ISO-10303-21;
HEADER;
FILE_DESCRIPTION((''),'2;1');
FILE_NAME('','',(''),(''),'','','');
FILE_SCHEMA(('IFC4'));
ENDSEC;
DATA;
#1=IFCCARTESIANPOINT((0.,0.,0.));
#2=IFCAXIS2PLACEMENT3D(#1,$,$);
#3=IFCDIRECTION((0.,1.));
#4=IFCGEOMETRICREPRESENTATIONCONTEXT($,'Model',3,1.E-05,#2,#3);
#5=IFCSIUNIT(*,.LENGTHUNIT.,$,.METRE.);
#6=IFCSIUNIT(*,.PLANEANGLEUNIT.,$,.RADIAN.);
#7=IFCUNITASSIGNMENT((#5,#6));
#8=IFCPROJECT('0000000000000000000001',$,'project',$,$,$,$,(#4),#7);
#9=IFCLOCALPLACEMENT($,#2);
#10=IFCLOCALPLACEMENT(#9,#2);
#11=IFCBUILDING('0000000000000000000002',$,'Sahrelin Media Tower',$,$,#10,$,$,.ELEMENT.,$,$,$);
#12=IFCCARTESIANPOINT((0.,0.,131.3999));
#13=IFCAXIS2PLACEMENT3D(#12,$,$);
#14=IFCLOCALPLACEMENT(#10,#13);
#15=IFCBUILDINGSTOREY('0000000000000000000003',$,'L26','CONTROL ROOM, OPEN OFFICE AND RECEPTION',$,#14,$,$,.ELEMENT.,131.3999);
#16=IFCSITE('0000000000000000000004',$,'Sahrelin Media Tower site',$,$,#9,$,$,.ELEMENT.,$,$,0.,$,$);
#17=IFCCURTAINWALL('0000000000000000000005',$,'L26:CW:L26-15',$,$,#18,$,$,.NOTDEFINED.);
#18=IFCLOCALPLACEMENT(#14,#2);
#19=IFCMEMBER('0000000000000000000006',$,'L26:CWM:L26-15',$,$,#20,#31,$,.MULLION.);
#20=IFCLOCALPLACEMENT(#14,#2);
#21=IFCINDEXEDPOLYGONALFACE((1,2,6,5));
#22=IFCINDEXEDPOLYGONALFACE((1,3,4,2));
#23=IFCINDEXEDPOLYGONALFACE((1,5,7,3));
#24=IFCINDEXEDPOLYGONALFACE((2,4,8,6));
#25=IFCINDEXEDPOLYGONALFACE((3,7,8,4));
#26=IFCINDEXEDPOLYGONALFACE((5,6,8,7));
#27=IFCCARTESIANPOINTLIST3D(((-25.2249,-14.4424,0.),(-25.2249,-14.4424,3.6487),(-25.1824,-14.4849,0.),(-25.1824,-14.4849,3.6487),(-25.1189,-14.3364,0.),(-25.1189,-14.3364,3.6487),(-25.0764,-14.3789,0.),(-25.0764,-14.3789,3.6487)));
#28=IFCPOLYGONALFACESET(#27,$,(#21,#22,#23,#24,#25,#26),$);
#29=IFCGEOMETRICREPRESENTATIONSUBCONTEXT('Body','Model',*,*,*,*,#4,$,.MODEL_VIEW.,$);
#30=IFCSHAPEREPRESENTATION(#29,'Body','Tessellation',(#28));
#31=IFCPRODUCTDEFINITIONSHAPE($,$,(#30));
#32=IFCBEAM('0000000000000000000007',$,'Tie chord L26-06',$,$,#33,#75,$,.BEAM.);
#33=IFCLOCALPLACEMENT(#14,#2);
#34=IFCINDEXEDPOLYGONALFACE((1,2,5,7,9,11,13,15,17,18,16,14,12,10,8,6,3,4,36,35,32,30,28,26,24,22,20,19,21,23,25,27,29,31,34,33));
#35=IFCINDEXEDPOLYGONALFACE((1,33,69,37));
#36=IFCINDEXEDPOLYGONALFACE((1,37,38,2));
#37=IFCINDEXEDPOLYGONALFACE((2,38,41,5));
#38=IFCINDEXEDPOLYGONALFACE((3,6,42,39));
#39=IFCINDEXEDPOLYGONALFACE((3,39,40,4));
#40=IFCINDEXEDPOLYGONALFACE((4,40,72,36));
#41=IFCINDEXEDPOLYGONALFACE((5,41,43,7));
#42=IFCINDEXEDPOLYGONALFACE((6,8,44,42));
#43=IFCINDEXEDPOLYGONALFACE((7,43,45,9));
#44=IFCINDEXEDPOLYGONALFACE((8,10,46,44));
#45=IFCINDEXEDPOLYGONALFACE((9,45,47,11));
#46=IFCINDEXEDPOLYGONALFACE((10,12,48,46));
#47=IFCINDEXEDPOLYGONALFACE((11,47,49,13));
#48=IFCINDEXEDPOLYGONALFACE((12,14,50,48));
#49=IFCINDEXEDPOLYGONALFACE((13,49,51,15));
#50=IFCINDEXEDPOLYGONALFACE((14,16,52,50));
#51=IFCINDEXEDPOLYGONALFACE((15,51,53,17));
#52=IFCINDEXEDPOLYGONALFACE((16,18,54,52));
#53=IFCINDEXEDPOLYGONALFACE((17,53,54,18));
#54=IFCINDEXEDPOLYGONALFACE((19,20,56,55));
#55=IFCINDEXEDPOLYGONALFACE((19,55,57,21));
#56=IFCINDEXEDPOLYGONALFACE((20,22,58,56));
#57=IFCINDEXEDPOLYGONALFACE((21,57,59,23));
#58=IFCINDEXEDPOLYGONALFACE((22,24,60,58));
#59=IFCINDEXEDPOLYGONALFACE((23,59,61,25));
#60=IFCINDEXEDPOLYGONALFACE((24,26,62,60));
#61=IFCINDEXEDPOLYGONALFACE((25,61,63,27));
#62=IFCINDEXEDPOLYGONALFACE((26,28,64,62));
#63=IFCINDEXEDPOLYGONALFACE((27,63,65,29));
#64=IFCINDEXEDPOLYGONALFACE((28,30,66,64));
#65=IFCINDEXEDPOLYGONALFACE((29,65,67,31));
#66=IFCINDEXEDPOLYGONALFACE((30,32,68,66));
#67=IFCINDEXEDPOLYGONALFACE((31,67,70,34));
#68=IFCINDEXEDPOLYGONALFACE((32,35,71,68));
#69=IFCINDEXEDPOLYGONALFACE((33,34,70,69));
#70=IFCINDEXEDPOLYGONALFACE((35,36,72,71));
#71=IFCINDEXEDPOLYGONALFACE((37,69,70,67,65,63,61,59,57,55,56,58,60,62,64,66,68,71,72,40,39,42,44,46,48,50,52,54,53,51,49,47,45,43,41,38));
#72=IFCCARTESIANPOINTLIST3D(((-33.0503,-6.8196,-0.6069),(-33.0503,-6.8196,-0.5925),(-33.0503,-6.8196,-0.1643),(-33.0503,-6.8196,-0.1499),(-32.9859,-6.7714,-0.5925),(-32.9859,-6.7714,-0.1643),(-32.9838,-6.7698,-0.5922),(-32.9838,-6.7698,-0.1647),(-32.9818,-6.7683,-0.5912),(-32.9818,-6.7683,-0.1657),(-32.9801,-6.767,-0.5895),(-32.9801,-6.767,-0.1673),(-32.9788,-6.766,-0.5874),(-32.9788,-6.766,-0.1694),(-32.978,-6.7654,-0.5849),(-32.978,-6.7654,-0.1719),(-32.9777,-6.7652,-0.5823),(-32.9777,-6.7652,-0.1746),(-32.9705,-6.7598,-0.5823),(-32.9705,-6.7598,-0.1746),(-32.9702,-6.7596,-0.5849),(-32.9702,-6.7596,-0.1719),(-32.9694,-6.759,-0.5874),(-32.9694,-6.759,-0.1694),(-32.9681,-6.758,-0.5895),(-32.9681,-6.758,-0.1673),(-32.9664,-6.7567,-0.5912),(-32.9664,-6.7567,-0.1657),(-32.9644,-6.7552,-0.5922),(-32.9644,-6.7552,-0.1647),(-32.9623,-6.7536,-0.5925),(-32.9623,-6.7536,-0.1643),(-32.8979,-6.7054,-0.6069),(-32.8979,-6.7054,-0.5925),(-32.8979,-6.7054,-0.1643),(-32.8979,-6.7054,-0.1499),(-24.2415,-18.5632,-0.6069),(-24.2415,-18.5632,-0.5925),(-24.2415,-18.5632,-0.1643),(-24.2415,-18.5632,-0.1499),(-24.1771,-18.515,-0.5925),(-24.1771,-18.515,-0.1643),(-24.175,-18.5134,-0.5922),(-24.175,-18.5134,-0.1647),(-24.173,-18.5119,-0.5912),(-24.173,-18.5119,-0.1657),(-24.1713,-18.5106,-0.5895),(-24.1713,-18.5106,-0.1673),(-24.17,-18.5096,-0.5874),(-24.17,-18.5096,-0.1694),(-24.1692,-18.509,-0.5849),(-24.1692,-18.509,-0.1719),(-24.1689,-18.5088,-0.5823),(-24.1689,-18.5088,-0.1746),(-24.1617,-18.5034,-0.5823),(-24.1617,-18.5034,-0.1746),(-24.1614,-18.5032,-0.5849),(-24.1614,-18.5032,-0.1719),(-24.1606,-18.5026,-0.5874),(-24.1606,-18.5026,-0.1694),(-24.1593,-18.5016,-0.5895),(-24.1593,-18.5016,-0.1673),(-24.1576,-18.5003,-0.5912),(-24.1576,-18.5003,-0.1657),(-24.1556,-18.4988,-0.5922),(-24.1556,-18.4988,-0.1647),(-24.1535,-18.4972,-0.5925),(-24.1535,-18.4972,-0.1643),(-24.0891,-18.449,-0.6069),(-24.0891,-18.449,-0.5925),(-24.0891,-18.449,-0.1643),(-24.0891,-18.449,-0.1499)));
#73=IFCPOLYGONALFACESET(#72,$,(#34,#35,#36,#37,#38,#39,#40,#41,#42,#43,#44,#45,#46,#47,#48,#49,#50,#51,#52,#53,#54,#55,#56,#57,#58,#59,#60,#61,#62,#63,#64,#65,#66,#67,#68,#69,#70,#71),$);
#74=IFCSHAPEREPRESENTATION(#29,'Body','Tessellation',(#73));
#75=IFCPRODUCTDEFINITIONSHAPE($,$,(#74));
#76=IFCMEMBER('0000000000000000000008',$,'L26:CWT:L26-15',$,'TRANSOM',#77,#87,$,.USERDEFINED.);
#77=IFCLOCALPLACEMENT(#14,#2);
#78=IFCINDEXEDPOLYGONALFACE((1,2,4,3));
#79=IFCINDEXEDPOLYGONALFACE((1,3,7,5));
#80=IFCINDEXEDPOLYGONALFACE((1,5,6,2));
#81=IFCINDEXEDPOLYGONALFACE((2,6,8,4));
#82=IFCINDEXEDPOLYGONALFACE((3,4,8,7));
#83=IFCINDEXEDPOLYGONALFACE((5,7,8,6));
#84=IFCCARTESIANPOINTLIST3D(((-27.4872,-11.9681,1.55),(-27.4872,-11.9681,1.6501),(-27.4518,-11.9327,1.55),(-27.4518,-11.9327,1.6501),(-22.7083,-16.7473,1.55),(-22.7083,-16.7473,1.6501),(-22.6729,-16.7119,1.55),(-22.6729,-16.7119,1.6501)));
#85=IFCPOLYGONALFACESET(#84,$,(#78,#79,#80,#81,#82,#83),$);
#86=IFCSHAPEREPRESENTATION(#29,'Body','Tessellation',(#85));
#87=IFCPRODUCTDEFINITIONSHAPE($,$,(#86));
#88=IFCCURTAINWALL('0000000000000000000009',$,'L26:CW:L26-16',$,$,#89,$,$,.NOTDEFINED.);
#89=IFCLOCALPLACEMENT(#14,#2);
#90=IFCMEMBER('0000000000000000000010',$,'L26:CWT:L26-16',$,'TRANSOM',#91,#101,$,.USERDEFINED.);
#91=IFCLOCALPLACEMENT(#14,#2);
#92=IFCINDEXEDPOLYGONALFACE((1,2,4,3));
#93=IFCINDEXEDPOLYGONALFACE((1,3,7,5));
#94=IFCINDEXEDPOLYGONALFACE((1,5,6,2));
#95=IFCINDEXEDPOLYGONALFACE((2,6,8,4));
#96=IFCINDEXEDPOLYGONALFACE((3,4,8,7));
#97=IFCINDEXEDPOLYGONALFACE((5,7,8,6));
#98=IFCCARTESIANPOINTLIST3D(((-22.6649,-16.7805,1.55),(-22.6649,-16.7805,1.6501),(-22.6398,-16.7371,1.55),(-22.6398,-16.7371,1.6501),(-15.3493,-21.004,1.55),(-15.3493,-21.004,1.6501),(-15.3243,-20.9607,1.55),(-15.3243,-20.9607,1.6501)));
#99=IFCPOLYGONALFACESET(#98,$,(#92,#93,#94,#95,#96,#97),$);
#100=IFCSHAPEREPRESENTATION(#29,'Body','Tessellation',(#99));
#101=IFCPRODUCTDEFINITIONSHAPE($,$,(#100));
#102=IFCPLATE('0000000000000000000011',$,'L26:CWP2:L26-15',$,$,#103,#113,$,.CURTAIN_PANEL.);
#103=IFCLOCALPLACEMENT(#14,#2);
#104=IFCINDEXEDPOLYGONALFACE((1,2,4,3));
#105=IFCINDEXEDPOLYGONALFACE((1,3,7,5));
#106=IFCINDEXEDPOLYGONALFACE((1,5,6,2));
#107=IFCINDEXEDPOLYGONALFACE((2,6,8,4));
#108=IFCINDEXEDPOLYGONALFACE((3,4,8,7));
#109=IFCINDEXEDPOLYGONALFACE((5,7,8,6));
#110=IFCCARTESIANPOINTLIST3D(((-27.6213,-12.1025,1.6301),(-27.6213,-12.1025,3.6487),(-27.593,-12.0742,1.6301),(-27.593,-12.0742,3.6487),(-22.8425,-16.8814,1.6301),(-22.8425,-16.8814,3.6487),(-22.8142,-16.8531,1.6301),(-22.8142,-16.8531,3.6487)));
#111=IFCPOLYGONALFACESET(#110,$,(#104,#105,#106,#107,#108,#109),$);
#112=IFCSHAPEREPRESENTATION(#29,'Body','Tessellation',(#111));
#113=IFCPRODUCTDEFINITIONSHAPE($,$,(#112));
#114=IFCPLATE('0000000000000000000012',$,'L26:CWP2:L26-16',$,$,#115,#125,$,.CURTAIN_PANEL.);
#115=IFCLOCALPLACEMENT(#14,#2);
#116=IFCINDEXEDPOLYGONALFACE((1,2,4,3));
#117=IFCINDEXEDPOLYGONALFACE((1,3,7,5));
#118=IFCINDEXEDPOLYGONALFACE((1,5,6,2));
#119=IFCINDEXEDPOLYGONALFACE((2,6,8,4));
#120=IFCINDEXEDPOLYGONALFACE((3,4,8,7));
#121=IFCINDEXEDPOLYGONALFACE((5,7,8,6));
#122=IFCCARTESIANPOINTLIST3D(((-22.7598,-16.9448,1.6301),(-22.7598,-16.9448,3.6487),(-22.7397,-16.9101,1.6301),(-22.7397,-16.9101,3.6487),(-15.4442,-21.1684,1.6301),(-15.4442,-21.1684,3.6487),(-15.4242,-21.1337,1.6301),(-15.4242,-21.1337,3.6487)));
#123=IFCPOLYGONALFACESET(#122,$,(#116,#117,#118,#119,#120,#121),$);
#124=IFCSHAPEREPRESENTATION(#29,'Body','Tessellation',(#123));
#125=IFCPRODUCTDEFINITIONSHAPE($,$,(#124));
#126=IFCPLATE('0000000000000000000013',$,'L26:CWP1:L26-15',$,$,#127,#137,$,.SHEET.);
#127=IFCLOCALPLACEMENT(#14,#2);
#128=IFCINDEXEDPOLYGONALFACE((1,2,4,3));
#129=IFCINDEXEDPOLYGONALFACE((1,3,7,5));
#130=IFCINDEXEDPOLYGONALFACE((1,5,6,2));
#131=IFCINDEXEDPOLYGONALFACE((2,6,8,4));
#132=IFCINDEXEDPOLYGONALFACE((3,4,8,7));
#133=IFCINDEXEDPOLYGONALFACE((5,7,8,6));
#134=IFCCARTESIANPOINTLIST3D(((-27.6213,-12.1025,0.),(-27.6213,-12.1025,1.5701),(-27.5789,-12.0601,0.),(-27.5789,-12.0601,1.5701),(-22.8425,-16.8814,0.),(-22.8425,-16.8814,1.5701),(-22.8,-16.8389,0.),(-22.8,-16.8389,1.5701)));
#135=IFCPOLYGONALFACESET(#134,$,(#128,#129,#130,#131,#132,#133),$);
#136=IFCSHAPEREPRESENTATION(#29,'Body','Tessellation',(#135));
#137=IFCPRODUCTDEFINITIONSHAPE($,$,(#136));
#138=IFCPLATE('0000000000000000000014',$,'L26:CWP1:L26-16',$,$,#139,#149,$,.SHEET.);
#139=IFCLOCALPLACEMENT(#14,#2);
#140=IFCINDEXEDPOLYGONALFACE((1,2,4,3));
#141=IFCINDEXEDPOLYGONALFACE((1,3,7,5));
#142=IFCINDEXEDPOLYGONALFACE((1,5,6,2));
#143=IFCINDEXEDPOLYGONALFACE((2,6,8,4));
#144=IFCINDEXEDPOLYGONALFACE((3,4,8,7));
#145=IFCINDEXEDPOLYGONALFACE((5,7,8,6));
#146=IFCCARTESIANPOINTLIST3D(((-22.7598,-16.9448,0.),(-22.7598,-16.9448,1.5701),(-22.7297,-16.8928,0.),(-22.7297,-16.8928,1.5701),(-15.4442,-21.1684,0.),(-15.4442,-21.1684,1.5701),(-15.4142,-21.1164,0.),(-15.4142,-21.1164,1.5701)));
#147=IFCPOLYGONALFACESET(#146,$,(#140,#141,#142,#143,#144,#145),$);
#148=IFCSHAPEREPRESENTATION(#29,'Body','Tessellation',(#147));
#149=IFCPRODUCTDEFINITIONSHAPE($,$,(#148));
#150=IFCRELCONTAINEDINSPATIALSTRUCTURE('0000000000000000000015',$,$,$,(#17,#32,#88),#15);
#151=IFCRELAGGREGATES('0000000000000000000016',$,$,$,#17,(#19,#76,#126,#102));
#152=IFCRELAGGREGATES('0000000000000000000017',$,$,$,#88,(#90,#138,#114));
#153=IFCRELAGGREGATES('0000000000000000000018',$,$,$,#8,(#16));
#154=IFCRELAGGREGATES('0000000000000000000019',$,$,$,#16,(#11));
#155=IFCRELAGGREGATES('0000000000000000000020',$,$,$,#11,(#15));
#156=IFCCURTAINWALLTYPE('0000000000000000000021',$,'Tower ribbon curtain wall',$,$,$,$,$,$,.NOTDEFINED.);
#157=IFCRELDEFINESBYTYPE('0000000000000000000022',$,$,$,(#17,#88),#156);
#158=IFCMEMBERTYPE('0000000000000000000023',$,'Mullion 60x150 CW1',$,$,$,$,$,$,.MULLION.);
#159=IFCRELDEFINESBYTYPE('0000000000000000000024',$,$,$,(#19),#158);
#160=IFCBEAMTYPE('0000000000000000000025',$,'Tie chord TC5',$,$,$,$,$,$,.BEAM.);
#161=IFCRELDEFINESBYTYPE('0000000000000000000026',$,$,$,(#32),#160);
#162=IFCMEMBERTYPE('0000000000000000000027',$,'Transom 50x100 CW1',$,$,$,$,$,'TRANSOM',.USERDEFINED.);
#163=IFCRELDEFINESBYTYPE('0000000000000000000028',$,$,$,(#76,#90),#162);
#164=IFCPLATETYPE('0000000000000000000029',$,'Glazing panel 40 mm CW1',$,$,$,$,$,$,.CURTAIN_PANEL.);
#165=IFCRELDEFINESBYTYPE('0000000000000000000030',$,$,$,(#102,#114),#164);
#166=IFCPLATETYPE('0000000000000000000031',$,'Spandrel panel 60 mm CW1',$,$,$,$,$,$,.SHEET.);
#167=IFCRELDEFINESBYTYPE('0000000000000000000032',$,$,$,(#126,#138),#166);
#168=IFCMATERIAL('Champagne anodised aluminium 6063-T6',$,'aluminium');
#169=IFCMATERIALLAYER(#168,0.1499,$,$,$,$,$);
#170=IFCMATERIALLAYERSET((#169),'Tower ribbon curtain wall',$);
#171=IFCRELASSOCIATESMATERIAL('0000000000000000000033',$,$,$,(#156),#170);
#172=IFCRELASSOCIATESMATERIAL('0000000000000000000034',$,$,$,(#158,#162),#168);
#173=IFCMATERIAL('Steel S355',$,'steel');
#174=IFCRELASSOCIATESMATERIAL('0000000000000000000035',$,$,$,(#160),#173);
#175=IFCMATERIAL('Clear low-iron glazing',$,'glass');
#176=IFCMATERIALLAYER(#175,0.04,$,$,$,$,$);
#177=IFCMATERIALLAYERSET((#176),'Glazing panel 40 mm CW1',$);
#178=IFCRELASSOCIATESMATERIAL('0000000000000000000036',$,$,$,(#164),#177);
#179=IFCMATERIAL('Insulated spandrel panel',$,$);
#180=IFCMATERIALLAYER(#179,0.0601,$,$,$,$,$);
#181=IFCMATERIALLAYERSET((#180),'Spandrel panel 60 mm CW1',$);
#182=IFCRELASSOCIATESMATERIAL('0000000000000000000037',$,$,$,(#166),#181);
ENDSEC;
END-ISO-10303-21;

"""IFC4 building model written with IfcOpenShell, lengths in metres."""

from ifc_helpers import new_model, si_unit, direction, frame, origin, origin_2d, place, context, subcontext, project, spatial, polyline, rectangle, i_section, outline, extrude, material, layer, layer_set, material_profile, profile_set, type_object, element, aggregate, save


model = new_model("IFC4")

# Units and contexts
model_context = context("Model", 3, precision=1e-05, world=origin(), true_north=direction((0.0, 1.0)))
body_context = subcontext(model_context, "Body", "Model", "MODEL_VIEW")
ifc_project = project(units=[si_unit("LENGTHUNIT", "METRE"), si_unit("PLANEANGLEUNIT", "RADIAN")], contexts=[model_context])

# Site, building, storey
site_placement = place(None, origin())
site = spatial("IfcSite", under=ifc_project, at=site_placement, Name="Sahrelin Media Tower site", CompositionType="ELEMENT", RefElevation=0.0)
building_placement = place(site_placement, origin())
building = spatial("IfcBuilding", under=site, at=building_placement, Name="Sahrelin Media Tower", CompositionType="ELEMENT")
storey_placement = place(building_placement, frame((0.0, 0.0, 131.3999)))
storey = spatial("IfcBuildingStorey", under=building, at=storey_placement, Name="L26", Description="CONTROL ROOM, OPEN OFFICE AND RECEPTION", CompositionType="ELEMENT", Elevation=131.3999)

# Shared definitions
ifc_material_1 = material(Name="Steel S355", Category="steel")

# Curtain wall, member
ifc_material_2 = material(Name="Champagne anodised aluminium 6063-T6", Category="aluminium")
ifc_layer_1 = layer(ifc_material_2, 0.1499)
ifc_layer_set_1 = layer_set([ifc_layer_1], Name="Tower ribbon curtain wall")
curtain_wall_type = type_object("IfcCurtainWallType", Name="Tower ribbon curtain wall", PredefinedType="NOTDEFINED", material=ifc_layer_set_1)
ifc_material_profile_1 = material_profile(ifc_material_2, rectangle(XDim=0.0601, YDim=0.1499, at=origin_2d()), Name="Mullion 60x150")
ifc_profile_set_1 = profile_set([ifc_material_profile_1], Name="Champagne anodised aluminium 6063-T6")
member_type_1 = type_object("IfcMemberType", Name="Mullion 60x150 CW1", PredefinedType="MULLION", material=ifc_profile_set_1)
curtain_wall_1_placement = place(storey_placement, frame((-25.2178, -14.4778, 0.0), z_axis=(0.0, 0.0, 1.0), x_axis=(1.0, 0.0, 0.0)))
curtain_wall_1 = element("IfcCurtainWall", 1, at=curtain_wall_1_placement, inside=storey, type_object=curtain_wall_type, Name="L26:CW:L26-15", PredefinedType="NOTDEFINED")
member_1_placement = place(storey_placement, frame((-25.1506, -14.4106, 0.0), z_axis=(0.0, 0.0, 1.0), x_axis=(0.707099, -0.707114, 0.0)))
member_1 = element("IfcMember", 2, at=member_1_placement, type_object=member_type_1, Name="L26:CWM:L26-15", PredefinedType="MULLION", context=body_context, shape_type="SweptSolid", body=[
    extrude(rectangle(XDim=0.0601, YDim=0.1499, at=origin_2d()), origin(), (0.0, 0.0, 1.0), 3.6487),
])

# Beam
ifc_material_profile_2 = material_profile(ifc_material_1, i_section(OverallWidth=0.1904, OverallDepth=0.457, WebThickness=0.009, FlangeThickness=0.0144, FilletRadius=0.0103, at=origin_2d()), Name="UB 457x191x74")
ifc_profile_set_2 = profile_set([ifc_material_profile_2], Name="Steel S355")
beam_type_1 = type_object("IfcBeamType", Name="Tie chord TC5", PredefinedType="BEAM", material=ifc_profile_set_2)
beam_1_placement = place(storey_placement, frame((-24.1653, -18.5061, -0.3784), z_axis=(-0.600048, 0.799964, 0.0), x_axis=(-0.799964, -0.600048, 0.0)))
element("IfcBeam", 3, at=beam_1_placement, inside=storey, type_object=beam_type_1, Name="Tie chord L26-06", PredefinedType="BEAM", context=body_context, shape_type="SweptSolid", body=[
    extrude(i_section(OverallWidth=0.1904, OverallDepth=0.457, WebThickness=0.009, FlangeThickness=0.0144, FilletRadius=0.0103, at=origin_2d()), origin(), (0.0, 0.0, 1.0), 14.6802),
])

# Member
ifc_material_profile_3 = material_profile(ifc_material_2, rectangle(XDim=0.05, YDim=0.1001, at=origin_2d()), Name="Transom 50x100")
ifc_profile_set_3 = profile_set([ifc_material_profile_3], Name="Champagne anodised aluminium 6063-T6")
member_type_2 = type_object("IfcMemberType", Name="Transom 50x100 CW1", ElementType="TRANSOM", PredefinedType="USERDEFINED", material=ifc_profile_set_3)
member_2_placement = place(storey_placement, frame((-27.4695, -11.9504, 1.6001), z_axis=(0.707089, -0.707125, 0.0), x_axis=(0.707125, 0.707089, 0.0)))
member_2 = element("IfcMember", 4, at=member_2_placement, type_object=member_type_2, Name="L26:CWT:L26-15", ObjectType="TRANSOM", PredefinedType="USERDEFINED", context=body_context, shape_type="SweptSolid", body=[
    extrude(rectangle(XDim=0.05, YDim=0.1001, at=origin_2d()), origin(), (0.0, 0.0, 1.0), 6.7585),
])

# Curtain wall, member
curtain_wall_2_placement = place(storey_placement, frame((-19.092, -19.0393, 0.0), z_axis=(0.0, 0.0, 1.0), x_axis=(1.0, 0.0, 0.0)))
curtain_wall_2 = element("IfcCurtainWall", 5, at=curtain_wall_2_placement, inside=storey, type_object=curtain_wall_type, Name="L26:CW:L26-16", PredefinedType="NOTDEFINED")
member_3_placement = place(storey_placement, frame((-22.6523, -16.7588, 1.6001), z_axis=(0.866029, -0.499993, 0.0), x_axis=(0.499993, 0.866029, 0.0)))
member_3 = element("IfcMember", 6, at=member_3_placement, type_object=member_type_2, Name="L26:CWT:L26-16", ObjectType="TRANSOM", PredefinedType="USERDEFINED", context=body_context, shape_type="SweptSolid", body=[
    extrude(rectangle(XDim=0.05, YDim=0.1001, at=origin_2d()), origin(), (0.0, 0.0, 1.0), 8.4473),
])

# Plates
ifc_material_3 = material(Name="Clear low-iron glazing", Category="glass")
ifc_layer_2 = layer(ifc_material_3, 0.04)
ifc_layer_set_2 = layer_set([ifc_layer_2], Name="Glazing panel 40 mm CW1")
plate_type_1 = type_object("IfcPlateType", Name="Glazing panel 40 mm CW1", PredefinedType="CURTAIN_PANEL", material=ifc_layer_set_2)
plate_1_placement = place(storey_placement, frame((-27.6213, -12.1025, 1.6301), z_axis=(-0.707107, -0.707107, 0.0), x_axis=(0.707107, -0.707107, 0.0)))
plate_1 = element("IfcPlate", 7, at=plate_1_placement, type_object=plate_type_1, Name="L26:CWP2:L26-15", PredefinedType="CURTAIN_PANEL", context=body_context, shape_type="SweptSolid", body=[
    extrude(outline(polyline([(0.0, 0.0), (6.7583, 0.0), (6.7583, 2.0186), (0.0, 2.0186), (0.0, 0.0)])), origin(), (0.0, 0.0, -1.0), 0.04),
])
plate_2_placement = place(storey_placement, frame((-22.7598, -16.9448, 1.6301), z_axis=(-0.499993, -0.866029, 0.0), x_axis=(0.866029, -0.499993, 0.0)))
plate_2 = element("IfcPlate", 8, at=plate_2_placement, type_object=plate_type_1, Name="L26:CWP2:L26-16", PredefinedType="CURTAIN_PANEL", context=body_context, shape_type="SweptSolid", body=[
    extrude(outline(polyline([(0.0, 0.0), (8.4473, 0.0), (8.4473, 2.0186), (0.0, 2.0186), (0.0, 0.0)])), origin(), (0.0, 0.0, -1.0), 0.04),
])
ifc_material_4 = material(Name="Insulated spandrel panel")
ifc_layer_3 = layer(ifc_material_4, 0.0601)
ifc_layer_set_3 = layer_set([ifc_layer_3], Name="Spandrel panel 60 mm CW1")
plate_type_2 = type_object("IfcPlateType", Name="Spandrel panel 60 mm CW1", PredefinedType="SHEET", material=ifc_layer_set_3)
plate_3_placement = place(storey_placement, frame((-27.6213, -12.1025, 0.0), z_axis=(-0.707107, -0.707107, 0.0), x_axis=(0.707107, -0.707107, 0.0)))
plate_3 = element("IfcPlate", 9, at=plate_3_placement, type_object=plate_type_2, Name="L26:CWP1:L26-15", PredefinedType="SHEET", context=body_context, shape_type="SweptSolid", body=[
    extrude(outline(polyline([(0.0, 0.0), (6.7583, 0.0), (6.7583, 1.5701), (0.0, 1.5701), (0.0, 0.0)])), origin(), (0.0, 0.0, -1.0), 0.0601),
])
aggregate(curtain_wall_1, [member_1, member_2, plate_3, plate_1])
plate_4_placement = place(storey_placement, frame((-22.7598, -16.9448, 0.0), z_axis=(-0.499993, -0.866029, 0.0), x_axis=(0.866029, -0.499993, 0.0)))
plate_4 = element("IfcPlate", 10, at=plate_4_placement, type_object=plate_type_2, Name="L26:CWP1:L26-16", PredefinedType="SHEET", context=body_context, shape_type="SweptSolid", body=[
    extrude(outline(polyline([(0.0, 0.0), (8.4473, 0.0), (8.4473, 1.5701), (0.0, 1.5701), (0.0, 0.0)])), origin(), (0.0, 0.0, -1.0), 0.0601),
])
aggregate(curtain_wall_2, [member_3, plate_4, plate_2])

save(model, "model.ifc")
